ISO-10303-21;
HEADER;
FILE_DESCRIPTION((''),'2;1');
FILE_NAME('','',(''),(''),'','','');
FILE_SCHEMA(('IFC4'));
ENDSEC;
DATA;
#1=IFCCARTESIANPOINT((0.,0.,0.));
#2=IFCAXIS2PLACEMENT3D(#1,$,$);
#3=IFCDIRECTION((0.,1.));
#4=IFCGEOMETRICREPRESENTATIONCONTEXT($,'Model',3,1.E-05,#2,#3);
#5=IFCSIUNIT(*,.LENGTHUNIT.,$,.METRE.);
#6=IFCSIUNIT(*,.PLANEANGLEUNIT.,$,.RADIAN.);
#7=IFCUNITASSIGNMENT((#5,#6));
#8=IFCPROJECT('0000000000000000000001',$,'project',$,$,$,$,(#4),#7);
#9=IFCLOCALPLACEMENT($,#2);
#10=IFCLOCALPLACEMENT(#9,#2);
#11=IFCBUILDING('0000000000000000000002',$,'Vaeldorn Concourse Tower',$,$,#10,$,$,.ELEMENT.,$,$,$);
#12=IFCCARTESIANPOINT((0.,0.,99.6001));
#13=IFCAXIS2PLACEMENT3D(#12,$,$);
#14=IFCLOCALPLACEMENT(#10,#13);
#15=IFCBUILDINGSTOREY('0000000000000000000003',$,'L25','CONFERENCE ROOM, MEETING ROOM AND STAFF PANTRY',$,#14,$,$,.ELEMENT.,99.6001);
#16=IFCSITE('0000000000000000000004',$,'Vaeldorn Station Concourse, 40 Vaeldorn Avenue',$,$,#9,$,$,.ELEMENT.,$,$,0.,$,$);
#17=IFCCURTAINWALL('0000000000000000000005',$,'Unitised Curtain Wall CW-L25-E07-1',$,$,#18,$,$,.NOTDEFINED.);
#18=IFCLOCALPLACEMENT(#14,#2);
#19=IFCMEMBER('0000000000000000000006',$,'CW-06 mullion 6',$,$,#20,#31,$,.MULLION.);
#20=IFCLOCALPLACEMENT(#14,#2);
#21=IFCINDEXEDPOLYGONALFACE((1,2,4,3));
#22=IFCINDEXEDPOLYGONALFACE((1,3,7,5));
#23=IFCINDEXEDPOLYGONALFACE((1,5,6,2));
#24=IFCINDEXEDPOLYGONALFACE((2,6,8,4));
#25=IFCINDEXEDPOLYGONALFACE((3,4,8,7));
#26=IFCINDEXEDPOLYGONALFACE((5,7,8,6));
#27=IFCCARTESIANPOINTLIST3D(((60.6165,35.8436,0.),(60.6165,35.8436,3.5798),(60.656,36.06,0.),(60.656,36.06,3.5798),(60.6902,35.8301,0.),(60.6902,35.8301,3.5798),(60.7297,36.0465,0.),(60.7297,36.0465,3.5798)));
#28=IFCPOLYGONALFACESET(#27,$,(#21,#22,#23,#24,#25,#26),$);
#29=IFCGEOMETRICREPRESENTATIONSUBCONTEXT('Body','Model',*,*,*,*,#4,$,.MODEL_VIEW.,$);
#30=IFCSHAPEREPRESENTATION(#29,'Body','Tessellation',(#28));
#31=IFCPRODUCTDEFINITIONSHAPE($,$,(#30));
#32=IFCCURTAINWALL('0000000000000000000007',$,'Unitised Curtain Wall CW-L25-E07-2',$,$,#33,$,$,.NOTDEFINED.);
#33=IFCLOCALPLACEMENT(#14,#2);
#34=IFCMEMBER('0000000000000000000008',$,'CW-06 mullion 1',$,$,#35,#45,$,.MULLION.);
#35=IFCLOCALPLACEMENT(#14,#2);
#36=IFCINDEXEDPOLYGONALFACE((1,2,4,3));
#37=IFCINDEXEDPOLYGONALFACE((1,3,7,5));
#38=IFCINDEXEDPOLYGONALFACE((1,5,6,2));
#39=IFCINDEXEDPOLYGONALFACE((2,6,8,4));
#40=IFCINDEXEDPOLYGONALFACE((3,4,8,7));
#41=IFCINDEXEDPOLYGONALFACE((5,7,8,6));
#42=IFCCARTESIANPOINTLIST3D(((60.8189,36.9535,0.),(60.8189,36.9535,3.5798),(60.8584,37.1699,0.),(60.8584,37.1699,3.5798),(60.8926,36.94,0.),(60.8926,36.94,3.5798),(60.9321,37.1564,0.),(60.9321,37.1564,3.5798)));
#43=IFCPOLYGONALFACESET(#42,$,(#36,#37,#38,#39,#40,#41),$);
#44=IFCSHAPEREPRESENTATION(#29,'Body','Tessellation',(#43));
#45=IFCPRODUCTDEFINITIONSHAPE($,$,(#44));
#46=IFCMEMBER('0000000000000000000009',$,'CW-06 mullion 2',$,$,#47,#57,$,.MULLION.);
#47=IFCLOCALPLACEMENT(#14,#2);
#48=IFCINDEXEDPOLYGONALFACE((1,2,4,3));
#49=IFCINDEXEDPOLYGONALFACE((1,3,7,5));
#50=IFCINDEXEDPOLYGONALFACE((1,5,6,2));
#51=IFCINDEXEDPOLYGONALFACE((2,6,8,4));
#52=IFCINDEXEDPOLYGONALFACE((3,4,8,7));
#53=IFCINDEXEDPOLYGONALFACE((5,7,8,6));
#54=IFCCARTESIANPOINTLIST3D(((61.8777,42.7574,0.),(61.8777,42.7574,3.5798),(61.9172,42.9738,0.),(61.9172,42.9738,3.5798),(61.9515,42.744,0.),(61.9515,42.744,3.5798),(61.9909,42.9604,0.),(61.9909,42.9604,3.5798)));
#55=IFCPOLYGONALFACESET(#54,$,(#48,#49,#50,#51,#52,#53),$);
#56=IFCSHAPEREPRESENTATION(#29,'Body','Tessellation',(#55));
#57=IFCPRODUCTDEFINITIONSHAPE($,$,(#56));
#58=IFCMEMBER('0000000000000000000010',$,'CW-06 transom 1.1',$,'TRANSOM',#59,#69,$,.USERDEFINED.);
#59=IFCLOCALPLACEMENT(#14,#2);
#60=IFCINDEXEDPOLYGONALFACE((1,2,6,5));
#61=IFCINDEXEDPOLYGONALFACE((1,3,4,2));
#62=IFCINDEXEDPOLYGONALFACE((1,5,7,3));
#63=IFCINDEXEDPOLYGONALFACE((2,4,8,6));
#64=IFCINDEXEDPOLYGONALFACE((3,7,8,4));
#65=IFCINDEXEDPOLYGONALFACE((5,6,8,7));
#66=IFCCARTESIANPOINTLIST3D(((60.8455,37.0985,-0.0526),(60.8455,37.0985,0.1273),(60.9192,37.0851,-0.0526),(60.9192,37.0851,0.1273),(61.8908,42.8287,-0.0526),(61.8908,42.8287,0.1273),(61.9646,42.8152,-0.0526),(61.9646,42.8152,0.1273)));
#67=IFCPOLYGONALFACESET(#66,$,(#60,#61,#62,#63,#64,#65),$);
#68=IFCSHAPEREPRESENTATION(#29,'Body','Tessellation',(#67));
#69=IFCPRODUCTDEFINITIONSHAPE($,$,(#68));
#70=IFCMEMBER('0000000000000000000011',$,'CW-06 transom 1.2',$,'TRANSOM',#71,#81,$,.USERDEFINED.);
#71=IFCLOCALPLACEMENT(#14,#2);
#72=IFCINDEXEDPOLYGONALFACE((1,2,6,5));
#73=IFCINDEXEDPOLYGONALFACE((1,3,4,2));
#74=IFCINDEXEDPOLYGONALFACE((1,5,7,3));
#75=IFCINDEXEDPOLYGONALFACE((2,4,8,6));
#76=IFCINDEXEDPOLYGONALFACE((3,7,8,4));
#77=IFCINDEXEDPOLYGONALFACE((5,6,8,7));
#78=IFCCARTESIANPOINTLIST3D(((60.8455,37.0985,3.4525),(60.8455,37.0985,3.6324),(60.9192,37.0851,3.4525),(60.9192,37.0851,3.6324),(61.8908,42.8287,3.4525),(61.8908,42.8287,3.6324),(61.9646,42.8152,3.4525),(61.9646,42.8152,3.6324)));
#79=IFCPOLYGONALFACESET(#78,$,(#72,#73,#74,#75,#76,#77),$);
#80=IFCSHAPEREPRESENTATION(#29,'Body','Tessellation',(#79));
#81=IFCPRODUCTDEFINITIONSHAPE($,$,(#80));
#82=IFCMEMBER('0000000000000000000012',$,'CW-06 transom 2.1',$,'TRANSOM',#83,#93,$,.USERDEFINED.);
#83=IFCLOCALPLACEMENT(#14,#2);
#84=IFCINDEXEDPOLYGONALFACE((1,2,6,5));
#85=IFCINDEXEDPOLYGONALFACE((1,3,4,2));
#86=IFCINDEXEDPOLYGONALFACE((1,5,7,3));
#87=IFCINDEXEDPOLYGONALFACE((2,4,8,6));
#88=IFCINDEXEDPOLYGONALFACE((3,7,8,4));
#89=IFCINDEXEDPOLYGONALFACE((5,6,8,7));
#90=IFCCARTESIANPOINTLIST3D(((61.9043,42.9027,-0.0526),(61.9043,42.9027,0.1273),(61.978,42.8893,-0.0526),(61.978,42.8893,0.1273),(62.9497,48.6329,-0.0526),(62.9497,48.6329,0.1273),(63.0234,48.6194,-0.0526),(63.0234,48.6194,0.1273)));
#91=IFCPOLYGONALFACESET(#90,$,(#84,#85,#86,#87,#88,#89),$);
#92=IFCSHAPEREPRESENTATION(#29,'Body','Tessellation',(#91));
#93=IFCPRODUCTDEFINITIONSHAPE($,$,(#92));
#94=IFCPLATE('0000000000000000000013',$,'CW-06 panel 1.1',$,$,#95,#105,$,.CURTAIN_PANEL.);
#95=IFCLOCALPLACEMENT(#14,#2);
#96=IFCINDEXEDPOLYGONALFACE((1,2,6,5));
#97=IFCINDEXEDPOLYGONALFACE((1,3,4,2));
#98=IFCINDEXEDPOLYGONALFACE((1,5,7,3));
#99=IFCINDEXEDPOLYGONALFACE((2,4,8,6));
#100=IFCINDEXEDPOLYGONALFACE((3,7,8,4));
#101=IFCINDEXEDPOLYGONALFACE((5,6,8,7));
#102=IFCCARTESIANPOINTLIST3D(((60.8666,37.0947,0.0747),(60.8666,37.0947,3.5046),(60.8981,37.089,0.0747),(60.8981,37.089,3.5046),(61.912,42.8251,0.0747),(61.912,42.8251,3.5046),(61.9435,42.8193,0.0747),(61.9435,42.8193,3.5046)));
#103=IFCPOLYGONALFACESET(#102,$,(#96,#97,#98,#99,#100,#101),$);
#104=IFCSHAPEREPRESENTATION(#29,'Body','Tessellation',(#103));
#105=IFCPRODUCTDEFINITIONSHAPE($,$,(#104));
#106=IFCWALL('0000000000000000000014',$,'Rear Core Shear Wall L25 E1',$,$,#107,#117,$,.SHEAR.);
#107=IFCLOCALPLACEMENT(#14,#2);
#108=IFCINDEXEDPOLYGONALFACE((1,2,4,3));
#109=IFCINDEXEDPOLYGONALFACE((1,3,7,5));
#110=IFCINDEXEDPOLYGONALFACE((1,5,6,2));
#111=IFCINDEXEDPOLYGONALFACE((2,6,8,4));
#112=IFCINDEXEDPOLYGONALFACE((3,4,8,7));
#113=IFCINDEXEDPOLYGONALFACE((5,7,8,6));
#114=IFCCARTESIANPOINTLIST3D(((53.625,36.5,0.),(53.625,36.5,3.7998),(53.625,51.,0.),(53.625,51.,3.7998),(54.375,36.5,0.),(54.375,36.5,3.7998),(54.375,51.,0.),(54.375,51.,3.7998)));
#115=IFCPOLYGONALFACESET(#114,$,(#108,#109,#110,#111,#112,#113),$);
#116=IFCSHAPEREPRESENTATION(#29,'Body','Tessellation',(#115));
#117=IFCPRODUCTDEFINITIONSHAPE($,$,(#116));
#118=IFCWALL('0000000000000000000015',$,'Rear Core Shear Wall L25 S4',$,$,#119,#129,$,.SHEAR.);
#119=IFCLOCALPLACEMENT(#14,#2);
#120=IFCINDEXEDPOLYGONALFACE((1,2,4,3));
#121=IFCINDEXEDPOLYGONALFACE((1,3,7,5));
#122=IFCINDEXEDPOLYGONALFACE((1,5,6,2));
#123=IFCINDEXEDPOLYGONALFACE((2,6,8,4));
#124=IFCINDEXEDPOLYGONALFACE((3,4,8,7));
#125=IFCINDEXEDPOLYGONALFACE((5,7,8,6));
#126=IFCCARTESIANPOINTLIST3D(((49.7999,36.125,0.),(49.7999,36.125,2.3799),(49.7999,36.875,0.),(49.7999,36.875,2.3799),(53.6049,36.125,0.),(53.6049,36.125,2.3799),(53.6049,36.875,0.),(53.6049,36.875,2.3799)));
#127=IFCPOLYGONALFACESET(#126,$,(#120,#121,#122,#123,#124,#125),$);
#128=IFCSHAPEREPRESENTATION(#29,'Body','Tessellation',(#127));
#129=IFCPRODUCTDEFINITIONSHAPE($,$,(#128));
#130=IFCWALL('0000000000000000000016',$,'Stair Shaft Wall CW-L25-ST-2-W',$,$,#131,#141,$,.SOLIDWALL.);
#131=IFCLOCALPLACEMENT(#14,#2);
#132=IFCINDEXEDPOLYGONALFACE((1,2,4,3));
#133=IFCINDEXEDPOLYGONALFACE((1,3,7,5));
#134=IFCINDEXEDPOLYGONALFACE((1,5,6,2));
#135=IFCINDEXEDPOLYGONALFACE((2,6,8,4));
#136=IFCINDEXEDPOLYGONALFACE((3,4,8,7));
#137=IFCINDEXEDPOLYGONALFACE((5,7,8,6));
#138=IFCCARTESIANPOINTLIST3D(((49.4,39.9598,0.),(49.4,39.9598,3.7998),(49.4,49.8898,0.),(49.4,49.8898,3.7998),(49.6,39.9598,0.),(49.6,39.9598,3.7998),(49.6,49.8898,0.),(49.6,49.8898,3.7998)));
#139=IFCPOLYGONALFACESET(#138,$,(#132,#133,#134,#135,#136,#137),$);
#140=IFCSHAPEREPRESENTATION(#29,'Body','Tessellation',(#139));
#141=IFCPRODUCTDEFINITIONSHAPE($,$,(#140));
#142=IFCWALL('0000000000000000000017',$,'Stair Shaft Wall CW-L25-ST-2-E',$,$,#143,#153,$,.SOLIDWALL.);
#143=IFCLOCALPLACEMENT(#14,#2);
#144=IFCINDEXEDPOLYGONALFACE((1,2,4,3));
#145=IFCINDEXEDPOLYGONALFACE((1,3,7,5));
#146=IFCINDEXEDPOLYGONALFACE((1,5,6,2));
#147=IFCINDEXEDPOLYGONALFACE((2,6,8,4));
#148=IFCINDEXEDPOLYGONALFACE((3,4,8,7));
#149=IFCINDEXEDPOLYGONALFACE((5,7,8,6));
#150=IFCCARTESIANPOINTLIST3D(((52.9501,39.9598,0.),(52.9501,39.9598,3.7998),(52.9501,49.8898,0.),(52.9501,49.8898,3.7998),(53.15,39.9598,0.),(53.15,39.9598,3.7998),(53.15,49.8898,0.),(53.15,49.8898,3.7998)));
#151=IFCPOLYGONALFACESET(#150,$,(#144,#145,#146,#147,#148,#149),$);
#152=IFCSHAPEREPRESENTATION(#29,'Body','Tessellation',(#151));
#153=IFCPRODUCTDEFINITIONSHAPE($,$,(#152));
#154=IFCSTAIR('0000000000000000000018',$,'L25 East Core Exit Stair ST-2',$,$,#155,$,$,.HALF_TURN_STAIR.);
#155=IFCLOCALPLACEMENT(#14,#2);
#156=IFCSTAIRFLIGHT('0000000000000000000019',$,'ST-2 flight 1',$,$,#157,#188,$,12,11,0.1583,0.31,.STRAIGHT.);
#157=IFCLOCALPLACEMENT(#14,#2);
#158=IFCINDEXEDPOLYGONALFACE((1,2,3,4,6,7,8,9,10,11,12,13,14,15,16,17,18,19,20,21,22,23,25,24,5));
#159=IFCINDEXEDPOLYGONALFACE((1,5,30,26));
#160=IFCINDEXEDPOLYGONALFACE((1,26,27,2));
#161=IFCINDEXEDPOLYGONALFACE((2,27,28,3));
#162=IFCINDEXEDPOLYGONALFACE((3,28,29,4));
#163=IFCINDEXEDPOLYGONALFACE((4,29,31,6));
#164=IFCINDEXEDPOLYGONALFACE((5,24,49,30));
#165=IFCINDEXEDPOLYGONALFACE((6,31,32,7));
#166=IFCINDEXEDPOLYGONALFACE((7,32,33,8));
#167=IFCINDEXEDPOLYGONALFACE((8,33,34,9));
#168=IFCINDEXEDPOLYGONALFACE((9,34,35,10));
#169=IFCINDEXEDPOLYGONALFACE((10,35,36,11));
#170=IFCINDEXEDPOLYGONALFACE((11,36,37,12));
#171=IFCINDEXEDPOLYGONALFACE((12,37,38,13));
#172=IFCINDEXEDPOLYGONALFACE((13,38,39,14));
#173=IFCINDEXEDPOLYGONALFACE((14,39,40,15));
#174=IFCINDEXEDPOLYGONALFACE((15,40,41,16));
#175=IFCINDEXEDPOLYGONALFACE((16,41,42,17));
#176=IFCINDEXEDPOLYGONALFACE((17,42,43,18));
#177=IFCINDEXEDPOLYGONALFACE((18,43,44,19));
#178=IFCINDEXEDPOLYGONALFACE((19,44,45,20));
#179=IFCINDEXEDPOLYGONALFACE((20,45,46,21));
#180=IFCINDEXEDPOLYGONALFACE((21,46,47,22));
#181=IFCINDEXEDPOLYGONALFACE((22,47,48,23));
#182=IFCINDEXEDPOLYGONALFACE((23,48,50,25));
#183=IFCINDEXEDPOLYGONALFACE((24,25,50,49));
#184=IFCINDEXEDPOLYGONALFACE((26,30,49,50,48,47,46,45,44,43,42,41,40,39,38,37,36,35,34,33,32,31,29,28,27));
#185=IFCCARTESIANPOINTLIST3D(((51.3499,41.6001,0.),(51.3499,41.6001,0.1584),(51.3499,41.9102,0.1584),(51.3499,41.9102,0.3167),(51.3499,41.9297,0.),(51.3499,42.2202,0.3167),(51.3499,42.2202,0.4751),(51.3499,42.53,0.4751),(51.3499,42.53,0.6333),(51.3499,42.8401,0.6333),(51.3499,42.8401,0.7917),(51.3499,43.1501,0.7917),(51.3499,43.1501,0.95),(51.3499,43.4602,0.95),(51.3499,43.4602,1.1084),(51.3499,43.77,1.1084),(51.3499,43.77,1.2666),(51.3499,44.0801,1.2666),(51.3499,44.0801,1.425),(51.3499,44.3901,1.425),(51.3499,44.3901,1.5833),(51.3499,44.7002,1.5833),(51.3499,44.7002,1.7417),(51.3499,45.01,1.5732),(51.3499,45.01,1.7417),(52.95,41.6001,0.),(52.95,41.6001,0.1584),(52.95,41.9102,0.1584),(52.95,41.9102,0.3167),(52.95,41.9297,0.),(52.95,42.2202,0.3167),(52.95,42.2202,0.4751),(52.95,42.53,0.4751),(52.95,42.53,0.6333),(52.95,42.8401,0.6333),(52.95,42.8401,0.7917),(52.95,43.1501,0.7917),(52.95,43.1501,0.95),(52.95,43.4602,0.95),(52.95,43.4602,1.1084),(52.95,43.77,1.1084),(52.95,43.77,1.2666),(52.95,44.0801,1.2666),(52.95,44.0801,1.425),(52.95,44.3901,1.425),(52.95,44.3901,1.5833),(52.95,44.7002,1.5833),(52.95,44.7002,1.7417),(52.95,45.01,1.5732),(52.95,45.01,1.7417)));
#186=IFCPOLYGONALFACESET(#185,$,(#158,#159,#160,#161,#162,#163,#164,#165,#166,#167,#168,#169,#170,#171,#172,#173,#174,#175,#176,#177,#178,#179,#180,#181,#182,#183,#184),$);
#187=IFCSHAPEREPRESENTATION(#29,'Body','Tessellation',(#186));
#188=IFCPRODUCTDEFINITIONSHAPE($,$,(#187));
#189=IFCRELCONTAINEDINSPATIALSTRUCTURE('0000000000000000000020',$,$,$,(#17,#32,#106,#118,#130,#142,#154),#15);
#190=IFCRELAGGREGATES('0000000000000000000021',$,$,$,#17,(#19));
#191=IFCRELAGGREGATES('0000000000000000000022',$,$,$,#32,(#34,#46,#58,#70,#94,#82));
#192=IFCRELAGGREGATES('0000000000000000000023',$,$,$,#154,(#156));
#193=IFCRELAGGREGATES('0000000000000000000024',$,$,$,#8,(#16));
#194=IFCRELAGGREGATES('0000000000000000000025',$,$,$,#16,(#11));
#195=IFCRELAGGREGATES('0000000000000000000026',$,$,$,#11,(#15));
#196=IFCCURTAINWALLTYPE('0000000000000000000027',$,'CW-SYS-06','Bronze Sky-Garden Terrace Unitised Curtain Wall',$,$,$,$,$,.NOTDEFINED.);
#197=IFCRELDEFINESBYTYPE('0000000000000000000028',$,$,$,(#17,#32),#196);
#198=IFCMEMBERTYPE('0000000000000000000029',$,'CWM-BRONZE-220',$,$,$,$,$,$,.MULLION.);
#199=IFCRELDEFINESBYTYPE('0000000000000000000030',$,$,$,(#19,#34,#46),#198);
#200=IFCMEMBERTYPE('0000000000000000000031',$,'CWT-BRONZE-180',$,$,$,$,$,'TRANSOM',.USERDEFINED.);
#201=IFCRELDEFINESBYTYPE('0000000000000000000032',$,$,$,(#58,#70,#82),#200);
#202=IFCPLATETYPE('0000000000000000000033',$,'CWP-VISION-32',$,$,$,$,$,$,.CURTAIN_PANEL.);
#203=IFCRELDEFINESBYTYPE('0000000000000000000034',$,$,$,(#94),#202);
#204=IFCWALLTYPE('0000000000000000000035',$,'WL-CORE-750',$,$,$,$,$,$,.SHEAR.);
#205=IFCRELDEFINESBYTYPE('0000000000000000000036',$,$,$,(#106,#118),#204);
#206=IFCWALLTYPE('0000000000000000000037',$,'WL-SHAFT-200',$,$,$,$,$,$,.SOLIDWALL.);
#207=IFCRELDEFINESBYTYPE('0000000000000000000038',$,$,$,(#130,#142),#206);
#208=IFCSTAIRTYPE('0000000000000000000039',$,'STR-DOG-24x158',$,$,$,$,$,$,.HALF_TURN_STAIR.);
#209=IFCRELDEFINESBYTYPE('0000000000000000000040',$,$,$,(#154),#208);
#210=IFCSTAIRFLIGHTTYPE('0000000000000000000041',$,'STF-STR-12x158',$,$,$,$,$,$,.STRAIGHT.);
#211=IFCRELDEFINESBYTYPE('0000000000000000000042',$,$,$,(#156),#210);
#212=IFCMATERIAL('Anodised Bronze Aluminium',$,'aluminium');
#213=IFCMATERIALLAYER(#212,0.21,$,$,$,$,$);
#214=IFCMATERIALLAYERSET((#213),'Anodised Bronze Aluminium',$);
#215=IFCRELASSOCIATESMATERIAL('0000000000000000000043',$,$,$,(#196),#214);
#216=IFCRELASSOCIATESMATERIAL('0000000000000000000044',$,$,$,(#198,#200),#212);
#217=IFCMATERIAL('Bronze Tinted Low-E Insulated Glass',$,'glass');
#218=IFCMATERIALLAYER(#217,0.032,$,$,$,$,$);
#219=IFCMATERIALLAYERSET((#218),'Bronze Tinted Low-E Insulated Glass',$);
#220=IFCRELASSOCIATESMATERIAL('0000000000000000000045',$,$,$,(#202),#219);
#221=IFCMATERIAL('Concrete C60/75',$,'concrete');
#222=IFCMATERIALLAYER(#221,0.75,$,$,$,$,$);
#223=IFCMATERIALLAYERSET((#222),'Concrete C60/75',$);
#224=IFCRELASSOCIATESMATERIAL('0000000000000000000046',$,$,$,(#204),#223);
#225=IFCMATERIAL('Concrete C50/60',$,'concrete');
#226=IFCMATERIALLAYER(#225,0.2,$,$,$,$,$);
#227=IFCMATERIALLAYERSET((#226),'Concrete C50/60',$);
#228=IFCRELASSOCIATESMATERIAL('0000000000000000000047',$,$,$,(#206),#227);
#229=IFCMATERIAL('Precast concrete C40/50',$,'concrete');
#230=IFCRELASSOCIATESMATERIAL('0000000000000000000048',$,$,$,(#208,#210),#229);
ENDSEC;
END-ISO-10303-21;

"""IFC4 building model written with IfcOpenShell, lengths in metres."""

from ifc_helpers import new_model, si_unit, direction, frame, frame_2d, origin, origin_2d, place, context, subcontext, project, spatial, polyline, rectangle, outline, extrude, source, transform, mapped, material, layer, layer_set, material_profile, profile_set, type_object, element, aggregate, save


model = new_model("IFC4")

# Units and contexts
model_context = context("Model", 3, precision=1e-05, world=origin(), true_north=direction((0.0, 1.0)))
body_context = subcontext(model_context, "Body", "Model", "MODEL_VIEW")
ifc_project = project(units=[si_unit("LENGTHUNIT", "METRE"), si_unit("PLANEANGLEUNIT", "RADIAN")], contexts=[model_context])

# Site, building, storey
site_placement = place(None, origin())
site = spatial("IfcSite", under=ifc_project, at=site_placement, Name="Vaeldorn Station Concourse, 40 Vaeldorn Avenue", CompositionType="ELEMENT", RefElevation=0.0)
building_placement = place(site_placement, origin())
building = spatial("IfcBuilding", under=site, at=building_placement, Name="Vaeldorn Concourse Tower", CompositionType="ELEMENT")
storey_placement = place(building_placement, frame((0.0, 0.0, 99.6001)))
storey = spatial("IfcBuildingStorey", under=building, at=storey_placement, Name="L25", Description="CONFERENCE ROOM, MEETING ROOM AND STAFF PANTRY", CompositionType="ELEMENT", Elevation=99.6001)

# Shared definitions
ifc_material_1 = material(Name="Concrete C60/75", Category="concrete")

# Curtain wall, member
ifc_material_2 = material(Name="Anodised Bronze Aluminium", Category="aluminium")
ifc_layer_1 = layer(ifc_material_2, 0.21)
ifc_layer_set_1 = layer_set([ifc_layer_1], Name="Anodised Bronze Aluminium")
curtain_wall_type = type_object("IfcCurtainWallType", Name="CW-SYS-06", Description="Bronze Sky-Garden Terrace Unitised Curtain Wall", PredefinedType="NOTDEFINED", material=ifc_layer_set_1)
curtain_wall_1_placement = place(storey_placement, origin())
curtain_wall_1 = element("IfcCurtainWall", 1, at=curtain_wall_1_placement, inside=storey, type_object=curtain_wall_type, Name="Unitised Curtain Wall CW-L25-E07-1", PredefinedType="NOTDEFINED")
ifc_material_profile_1 = material_profile(ifc_material_2, rectangle(XDim=0.075, YDim=0.22, at=origin_2d()), Name="CWM 75x220")
ifc_profile_set_1 = profile_set([ifc_material_profile_1], Name="Anodised Bronze Aluminium")
member_type_1 = type_object("IfcMemberType", Name="CWM-BRONZE-220", PredefinedType="MULLION", material=ifc_profile_set_1)
shared_shape_1 = source(origin(), body_context, "Body", "SweptSolid", [
    extrude(rectangle(XDim=0.075, YDim=0.22, at=origin_2d()), origin(), (0.0, 0.0, 1.0), 3.5798),
])
member_1_placement = place(storey_placement, frame((60.6731, 35.9451, 0.0), z_axis=(0.0, 0.0, 1.0), x_axis=(-0.983763, 0.179473, 0.0)))
member_1 = element("IfcMember", 2, at=member_1_placement, type_object=member_type_1, Name="CW-06 mullion 6", PredefinedType="MULLION", context=body_context, shape_type="MappedRepresentation", body=[
    mapped(shared_shape_1, transform((0.0, 0.0, 0.0), scale=1.0)),
])
aggregate(curtain_wall_1, [member_1])

# Curtain wall, members, plate
curtain_wall_2_placement = place(storey_placement, origin())
curtain_wall_2 = element("IfcCurtainWall", 3, at=curtain_wall_2_placement, inside=storey, type_object=curtain_wall_type, Name="Unitised Curtain Wall CW-L25-E07-2", PredefinedType="NOTDEFINED")
member_2_placement = place(storey_placement, frame((60.8755, 37.0549, 0.0), z_axis=(0.0, 0.0, 1.0), x_axis=(-0.983763, 0.179472, 0.0)))
member_2 = element("IfcMember", 4, at=member_2_placement, type_object=member_type_1, Name="CW-06 mullion 1", PredefinedType="MULLION", context=body_context, shape_type="MappedRepresentation", body=[
    mapped(shared_shape_1, transform((0.0, 0.0, 0.0), scale=1.0)),
])
member_3_placement = place(storey_placement, frame((61.9343, 42.8589, 0.0), z_axis=(0.0, 0.0, 1.0), x_axis=(-0.983763, 0.179472, 0.0)))
member_3 = element("IfcMember", 5, at=member_3_placement, type_object=member_type_1, Name="CW-06 mullion 2", PredefinedType="MULLION", context=body_context, shape_type="MappedRepresentation", body=[
    mapped(shared_shape_1, transform((0.0, 0.0, 0.0), scale=1.0)),
])
ifc_material_profile_2 = material_profile(ifc_material_2, rectangle(XDim=0.075, YDim=0.1799, at=origin_2d()), Name="CWT 75x180")
ifc_profile_set_2 = profile_set([ifc_material_profile_2], Name="Anodised Bronze Aluminium")
member_type_2 = type_object("IfcMemberType", Name="CWT-BRONZE-180", ElementType="TRANSOM", PredefinedType="USERDEFINED", material=ifc_profile_set_2)
shared_shape_2 = source(origin(), body_context, "Body", "SweptSolid", [
    extrude(rectangle(XDim=0.075, YDim=0.1799, at=origin_2d()), origin(), (0.0, 0.0, 1.0), 5.8247),
])
member_4_placement = place(storey_placement, frame((60.8823, 37.0918, 0.0374), z_axis=(0.179476, 0.983762, 0.0), x_axis=(-0.983762, 0.179476, 0.0)))
member_4 = element("IfcMember", 6, at=member_4_placement, type_object=member_type_2, Name="CW-06 transom 1.1", ObjectType="TRANSOM", PredefinedType="USERDEFINED", context=body_context, shape_type="MappedRepresentation", body=[
    mapped(shared_shape_2, transform((0.0, 0.0, 0.0), scale=1.0)),
])
member_5_placement = place(storey_placement, frame((60.8823, 37.0918, 3.5425), z_axis=(0.179476, 0.983762, 0.0), x_axis=(-0.983762, 0.179476, 0.0)))
member_5 = element("IfcMember", 7, at=member_5_placement, type_object=member_type_2, Name="CW-06 transom 1.2", ObjectType="TRANSOM", PredefinedType="USERDEFINED", context=body_context, shape_type="MappedRepresentation", body=[
    mapped(shared_shape_2, transform((0.0, 0.0, 0.0), scale=1.0)),
])
member_6_placement = place(storey_placement, frame((61.9412, 42.896, 0.0374), z_axis=(0.179476, 0.983762, 0.0), x_axis=(-0.983762, 0.179476, 0.0)))
member_6 = element("IfcMember", 8, at=member_6_placement, type_object=member_type_2, Name="CW-06 transom 2.1", ObjectType="TRANSOM", PredefinedType="USERDEFINED", context=body_context, shape_type="MappedRepresentation", body=[
    mapped(shared_shape_2, transform((0.0, 0.0, 0.0), scale=1.0)),
])
ifc_material_3 = material(Name="Bronze Tinted Low-E Insulated Glass", Category="glass")
ifc_layer_2 = layer(ifc_material_3, 0.032)
ifc_layer_set_2 = layer_set([ifc_layer_2], Name="Bronze Tinted Low-E Insulated Glass")
plate_type = type_object("IfcPlateType", Name="CWP-VISION-32", PredefinedType="CURTAIN_PANEL", material=ifc_layer_set_2)
shared_shape_3 = source(origin(), body_context, "Body", "SweptSolid", [
    extrude(rectangle(XDim=5.825, YDim=0.032, at=origin_2d()), origin(), (0.0, 0.0, 1.0), 3.4299),
])
plate_placement = place(storey_placement, frame((61.405, 39.957, 0.0747), z_axis=(0.0, 0.0, 1.0), x_axis=(0.179472, 0.983763, 0.0)))
plate = element("IfcPlate", 9, at=plate_placement, type_object=plate_type, Name="CW-06 panel 1.1", PredefinedType="CURTAIN_PANEL", context=body_context, shape_type="MappedRepresentation", body=[
    mapped(shared_shape_3, transform((0.0, 0.0, 0.0), scale=1.0)),
])
aggregate(curtain_wall_2, [member_2, member_3, member_4, member_5, plate, member_6])

# Walls
ifc_layer_3 = layer(ifc_material_1, 0.75)
ifc_layer_set_3 = layer_set([ifc_layer_3], Name="Concrete C60/75")
wall_type_1 = type_object("IfcWallType", Name="WL-CORE-750", PredefinedType="SHEAR", material=ifc_layer_set_3)
wall_1_placement = place(storey_placement, frame((54.0, 36.5, 0.0), z_axis=(0.0, 0.0, 1.0), x_axis=(0.0, 1.0, 0.0)))
element("IfcWall", 10, at=wall_1_placement, inside=storey, type_object=wall_type_1, Name="Rear Core Shear Wall L25 E1", PredefinedType="SHEAR", context=body_context, shape_type="SweptSolid", body=[
    extrude(rectangle(XDim=14.5, YDim=0.75, at=frame_2d((7.25, 0.0))), origin(), (0.0, 0.0, 1.0), 3.7998),
])
wall_2_placement = place(storey_placement, frame((49.8, 36.5, 0.0), z_axis=(0.0, 0.0, 1.0), x_axis=(1.0, 0.0, 0.0)))
element("IfcWall", 11, at=wall_2_placement, inside=storey, type_object=wall_type_1, Name="Rear Core Shear Wall L25 S4", PredefinedType="SHEAR", context=body_context, shape_type="SweptSolid", body=[
    extrude(rectangle(XDim=3.8049, YDim=0.75, at=frame_2d((1.9023, 0.0))), origin(), (0.0, 0.0, 1.0), 2.3799),
])

# Shared definitions
ifc_material_4 = material(Name="Concrete C50/60", Category="concrete")
ifc_layer_4 = layer(ifc_material_4, 0.2)
ifc_layer_set_4 = layer_set([ifc_layer_4], Name="Concrete C50/60")
wall_type_2 = type_object("IfcWallType", Name="WL-SHAFT-200", PredefinedType="SOLIDWALL", material=ifc_layer_set_4)

# Walls
for number, where, z_axis, x_axis, name in (
    (12, (49.5, 39.96, 0.0), (0.0, 0.0, 1.0), (0.0, 1.0, 0.0), "Stair Shaft Wall CW-L25-ST-2-W"),
    (13, (53.05, 39.96, 0.0), (0.0, 0.0, 1.0), (0.0, 1.0, 0.0), "Stair Shaft Wall CW-L25-ST-2-E"),
):
    element("IfcWall", number, at=place(storey_placement, frame(where, z_axis=z_axis, x_axis=x_axis)), inside=storey, type_object=wall_type_2, Name=name, PredefinedType="SOLIDWALL", context=body_context, shape_type="SweptSolid", body=[
        extrude(rectangle(XDim=9.9299, YDim=0.2, at=frame_2d((4.9648, 0.0))), origin(), (0.0, 0.0, 1.0), 3.7998),
    ])

# Stair, stair flight
ifc_material_5 = material(Name="Precast concrete C40/50", Category="concrete")
stair_type = type_object("IfcStairType", Name="STR-DOG-24x158", PredefinedType="HALF_TURN_STAIR", material=ifc_material_5)
stair_placement = place(storey_placement, origin())
stair = element("IfcStair", 14, at=stair_placement, inside=storey, type_object=stair_type, Name="L25 East Core Exit Stair ST-2", PredefinedType="HALF_TURN_STAIR")
stair_flight_type = type_object("IfcStairFlightType", Name="STF-STR-12x158", PredefinedType="STRAIGHT", material=ifc_material_5)
stair_flight_placement = place(storey_placement, frame((52.1499, 41.6001, 0.0), z_axis=(0.0, 0.0, 1.0), x_axis=(0.0, 1.0, 0.0)))
stair_flight = element("IfcStairFlight", 15, at=stair_flight_placement, type_object=stair_flight_type, Name="ST-2 flight 1", NumberOfRisers=12, NumberOfTreads=11, PredefinedType="STRAIGHT", RiserHeight=0.1583, TreadLength=0.31, context=body_context, shape_type="SweptSolid", body=[
    extrude(outline(polyline([(0.0, 0.0), (0.0, 0.1584), (0.3101, 0.1584), (0.3101, 0.3167), (0.6201, 0.3167), (0.6201, 0.4751), (0.9299, 0.4751), (0.9299, 0.6333), (1.24, 0.6333), (1.24, 0.7917), (1.55, 0.7917), (1.55, 0.95), (1.8601, 0.95), (1.8601, 1.1084), (2.1699, 1.1084), (2.1699, 1.2666), (2.48, 1.2666), (2.48, 1.425), (2.79, 1.425), (2.79, 1.5833), (3.1001, 1.5833), (3.1001, 1.7417), (3.4099, 1.7417), (3.4099, 1.8999), (3.4099, 1.5732), (0.3296, 0.0), (0.0, 0.0)])), frame((0.0, 0.8, 0.0), z_axis=(0.0, -1.0, 0.0), x_axis=(1.0, 0.0, 0.0)), (0.0, 0.0, 1.0), 1.6001),
])
aggregate(stair, [stair_flight])

save(model, "model.ifc")
